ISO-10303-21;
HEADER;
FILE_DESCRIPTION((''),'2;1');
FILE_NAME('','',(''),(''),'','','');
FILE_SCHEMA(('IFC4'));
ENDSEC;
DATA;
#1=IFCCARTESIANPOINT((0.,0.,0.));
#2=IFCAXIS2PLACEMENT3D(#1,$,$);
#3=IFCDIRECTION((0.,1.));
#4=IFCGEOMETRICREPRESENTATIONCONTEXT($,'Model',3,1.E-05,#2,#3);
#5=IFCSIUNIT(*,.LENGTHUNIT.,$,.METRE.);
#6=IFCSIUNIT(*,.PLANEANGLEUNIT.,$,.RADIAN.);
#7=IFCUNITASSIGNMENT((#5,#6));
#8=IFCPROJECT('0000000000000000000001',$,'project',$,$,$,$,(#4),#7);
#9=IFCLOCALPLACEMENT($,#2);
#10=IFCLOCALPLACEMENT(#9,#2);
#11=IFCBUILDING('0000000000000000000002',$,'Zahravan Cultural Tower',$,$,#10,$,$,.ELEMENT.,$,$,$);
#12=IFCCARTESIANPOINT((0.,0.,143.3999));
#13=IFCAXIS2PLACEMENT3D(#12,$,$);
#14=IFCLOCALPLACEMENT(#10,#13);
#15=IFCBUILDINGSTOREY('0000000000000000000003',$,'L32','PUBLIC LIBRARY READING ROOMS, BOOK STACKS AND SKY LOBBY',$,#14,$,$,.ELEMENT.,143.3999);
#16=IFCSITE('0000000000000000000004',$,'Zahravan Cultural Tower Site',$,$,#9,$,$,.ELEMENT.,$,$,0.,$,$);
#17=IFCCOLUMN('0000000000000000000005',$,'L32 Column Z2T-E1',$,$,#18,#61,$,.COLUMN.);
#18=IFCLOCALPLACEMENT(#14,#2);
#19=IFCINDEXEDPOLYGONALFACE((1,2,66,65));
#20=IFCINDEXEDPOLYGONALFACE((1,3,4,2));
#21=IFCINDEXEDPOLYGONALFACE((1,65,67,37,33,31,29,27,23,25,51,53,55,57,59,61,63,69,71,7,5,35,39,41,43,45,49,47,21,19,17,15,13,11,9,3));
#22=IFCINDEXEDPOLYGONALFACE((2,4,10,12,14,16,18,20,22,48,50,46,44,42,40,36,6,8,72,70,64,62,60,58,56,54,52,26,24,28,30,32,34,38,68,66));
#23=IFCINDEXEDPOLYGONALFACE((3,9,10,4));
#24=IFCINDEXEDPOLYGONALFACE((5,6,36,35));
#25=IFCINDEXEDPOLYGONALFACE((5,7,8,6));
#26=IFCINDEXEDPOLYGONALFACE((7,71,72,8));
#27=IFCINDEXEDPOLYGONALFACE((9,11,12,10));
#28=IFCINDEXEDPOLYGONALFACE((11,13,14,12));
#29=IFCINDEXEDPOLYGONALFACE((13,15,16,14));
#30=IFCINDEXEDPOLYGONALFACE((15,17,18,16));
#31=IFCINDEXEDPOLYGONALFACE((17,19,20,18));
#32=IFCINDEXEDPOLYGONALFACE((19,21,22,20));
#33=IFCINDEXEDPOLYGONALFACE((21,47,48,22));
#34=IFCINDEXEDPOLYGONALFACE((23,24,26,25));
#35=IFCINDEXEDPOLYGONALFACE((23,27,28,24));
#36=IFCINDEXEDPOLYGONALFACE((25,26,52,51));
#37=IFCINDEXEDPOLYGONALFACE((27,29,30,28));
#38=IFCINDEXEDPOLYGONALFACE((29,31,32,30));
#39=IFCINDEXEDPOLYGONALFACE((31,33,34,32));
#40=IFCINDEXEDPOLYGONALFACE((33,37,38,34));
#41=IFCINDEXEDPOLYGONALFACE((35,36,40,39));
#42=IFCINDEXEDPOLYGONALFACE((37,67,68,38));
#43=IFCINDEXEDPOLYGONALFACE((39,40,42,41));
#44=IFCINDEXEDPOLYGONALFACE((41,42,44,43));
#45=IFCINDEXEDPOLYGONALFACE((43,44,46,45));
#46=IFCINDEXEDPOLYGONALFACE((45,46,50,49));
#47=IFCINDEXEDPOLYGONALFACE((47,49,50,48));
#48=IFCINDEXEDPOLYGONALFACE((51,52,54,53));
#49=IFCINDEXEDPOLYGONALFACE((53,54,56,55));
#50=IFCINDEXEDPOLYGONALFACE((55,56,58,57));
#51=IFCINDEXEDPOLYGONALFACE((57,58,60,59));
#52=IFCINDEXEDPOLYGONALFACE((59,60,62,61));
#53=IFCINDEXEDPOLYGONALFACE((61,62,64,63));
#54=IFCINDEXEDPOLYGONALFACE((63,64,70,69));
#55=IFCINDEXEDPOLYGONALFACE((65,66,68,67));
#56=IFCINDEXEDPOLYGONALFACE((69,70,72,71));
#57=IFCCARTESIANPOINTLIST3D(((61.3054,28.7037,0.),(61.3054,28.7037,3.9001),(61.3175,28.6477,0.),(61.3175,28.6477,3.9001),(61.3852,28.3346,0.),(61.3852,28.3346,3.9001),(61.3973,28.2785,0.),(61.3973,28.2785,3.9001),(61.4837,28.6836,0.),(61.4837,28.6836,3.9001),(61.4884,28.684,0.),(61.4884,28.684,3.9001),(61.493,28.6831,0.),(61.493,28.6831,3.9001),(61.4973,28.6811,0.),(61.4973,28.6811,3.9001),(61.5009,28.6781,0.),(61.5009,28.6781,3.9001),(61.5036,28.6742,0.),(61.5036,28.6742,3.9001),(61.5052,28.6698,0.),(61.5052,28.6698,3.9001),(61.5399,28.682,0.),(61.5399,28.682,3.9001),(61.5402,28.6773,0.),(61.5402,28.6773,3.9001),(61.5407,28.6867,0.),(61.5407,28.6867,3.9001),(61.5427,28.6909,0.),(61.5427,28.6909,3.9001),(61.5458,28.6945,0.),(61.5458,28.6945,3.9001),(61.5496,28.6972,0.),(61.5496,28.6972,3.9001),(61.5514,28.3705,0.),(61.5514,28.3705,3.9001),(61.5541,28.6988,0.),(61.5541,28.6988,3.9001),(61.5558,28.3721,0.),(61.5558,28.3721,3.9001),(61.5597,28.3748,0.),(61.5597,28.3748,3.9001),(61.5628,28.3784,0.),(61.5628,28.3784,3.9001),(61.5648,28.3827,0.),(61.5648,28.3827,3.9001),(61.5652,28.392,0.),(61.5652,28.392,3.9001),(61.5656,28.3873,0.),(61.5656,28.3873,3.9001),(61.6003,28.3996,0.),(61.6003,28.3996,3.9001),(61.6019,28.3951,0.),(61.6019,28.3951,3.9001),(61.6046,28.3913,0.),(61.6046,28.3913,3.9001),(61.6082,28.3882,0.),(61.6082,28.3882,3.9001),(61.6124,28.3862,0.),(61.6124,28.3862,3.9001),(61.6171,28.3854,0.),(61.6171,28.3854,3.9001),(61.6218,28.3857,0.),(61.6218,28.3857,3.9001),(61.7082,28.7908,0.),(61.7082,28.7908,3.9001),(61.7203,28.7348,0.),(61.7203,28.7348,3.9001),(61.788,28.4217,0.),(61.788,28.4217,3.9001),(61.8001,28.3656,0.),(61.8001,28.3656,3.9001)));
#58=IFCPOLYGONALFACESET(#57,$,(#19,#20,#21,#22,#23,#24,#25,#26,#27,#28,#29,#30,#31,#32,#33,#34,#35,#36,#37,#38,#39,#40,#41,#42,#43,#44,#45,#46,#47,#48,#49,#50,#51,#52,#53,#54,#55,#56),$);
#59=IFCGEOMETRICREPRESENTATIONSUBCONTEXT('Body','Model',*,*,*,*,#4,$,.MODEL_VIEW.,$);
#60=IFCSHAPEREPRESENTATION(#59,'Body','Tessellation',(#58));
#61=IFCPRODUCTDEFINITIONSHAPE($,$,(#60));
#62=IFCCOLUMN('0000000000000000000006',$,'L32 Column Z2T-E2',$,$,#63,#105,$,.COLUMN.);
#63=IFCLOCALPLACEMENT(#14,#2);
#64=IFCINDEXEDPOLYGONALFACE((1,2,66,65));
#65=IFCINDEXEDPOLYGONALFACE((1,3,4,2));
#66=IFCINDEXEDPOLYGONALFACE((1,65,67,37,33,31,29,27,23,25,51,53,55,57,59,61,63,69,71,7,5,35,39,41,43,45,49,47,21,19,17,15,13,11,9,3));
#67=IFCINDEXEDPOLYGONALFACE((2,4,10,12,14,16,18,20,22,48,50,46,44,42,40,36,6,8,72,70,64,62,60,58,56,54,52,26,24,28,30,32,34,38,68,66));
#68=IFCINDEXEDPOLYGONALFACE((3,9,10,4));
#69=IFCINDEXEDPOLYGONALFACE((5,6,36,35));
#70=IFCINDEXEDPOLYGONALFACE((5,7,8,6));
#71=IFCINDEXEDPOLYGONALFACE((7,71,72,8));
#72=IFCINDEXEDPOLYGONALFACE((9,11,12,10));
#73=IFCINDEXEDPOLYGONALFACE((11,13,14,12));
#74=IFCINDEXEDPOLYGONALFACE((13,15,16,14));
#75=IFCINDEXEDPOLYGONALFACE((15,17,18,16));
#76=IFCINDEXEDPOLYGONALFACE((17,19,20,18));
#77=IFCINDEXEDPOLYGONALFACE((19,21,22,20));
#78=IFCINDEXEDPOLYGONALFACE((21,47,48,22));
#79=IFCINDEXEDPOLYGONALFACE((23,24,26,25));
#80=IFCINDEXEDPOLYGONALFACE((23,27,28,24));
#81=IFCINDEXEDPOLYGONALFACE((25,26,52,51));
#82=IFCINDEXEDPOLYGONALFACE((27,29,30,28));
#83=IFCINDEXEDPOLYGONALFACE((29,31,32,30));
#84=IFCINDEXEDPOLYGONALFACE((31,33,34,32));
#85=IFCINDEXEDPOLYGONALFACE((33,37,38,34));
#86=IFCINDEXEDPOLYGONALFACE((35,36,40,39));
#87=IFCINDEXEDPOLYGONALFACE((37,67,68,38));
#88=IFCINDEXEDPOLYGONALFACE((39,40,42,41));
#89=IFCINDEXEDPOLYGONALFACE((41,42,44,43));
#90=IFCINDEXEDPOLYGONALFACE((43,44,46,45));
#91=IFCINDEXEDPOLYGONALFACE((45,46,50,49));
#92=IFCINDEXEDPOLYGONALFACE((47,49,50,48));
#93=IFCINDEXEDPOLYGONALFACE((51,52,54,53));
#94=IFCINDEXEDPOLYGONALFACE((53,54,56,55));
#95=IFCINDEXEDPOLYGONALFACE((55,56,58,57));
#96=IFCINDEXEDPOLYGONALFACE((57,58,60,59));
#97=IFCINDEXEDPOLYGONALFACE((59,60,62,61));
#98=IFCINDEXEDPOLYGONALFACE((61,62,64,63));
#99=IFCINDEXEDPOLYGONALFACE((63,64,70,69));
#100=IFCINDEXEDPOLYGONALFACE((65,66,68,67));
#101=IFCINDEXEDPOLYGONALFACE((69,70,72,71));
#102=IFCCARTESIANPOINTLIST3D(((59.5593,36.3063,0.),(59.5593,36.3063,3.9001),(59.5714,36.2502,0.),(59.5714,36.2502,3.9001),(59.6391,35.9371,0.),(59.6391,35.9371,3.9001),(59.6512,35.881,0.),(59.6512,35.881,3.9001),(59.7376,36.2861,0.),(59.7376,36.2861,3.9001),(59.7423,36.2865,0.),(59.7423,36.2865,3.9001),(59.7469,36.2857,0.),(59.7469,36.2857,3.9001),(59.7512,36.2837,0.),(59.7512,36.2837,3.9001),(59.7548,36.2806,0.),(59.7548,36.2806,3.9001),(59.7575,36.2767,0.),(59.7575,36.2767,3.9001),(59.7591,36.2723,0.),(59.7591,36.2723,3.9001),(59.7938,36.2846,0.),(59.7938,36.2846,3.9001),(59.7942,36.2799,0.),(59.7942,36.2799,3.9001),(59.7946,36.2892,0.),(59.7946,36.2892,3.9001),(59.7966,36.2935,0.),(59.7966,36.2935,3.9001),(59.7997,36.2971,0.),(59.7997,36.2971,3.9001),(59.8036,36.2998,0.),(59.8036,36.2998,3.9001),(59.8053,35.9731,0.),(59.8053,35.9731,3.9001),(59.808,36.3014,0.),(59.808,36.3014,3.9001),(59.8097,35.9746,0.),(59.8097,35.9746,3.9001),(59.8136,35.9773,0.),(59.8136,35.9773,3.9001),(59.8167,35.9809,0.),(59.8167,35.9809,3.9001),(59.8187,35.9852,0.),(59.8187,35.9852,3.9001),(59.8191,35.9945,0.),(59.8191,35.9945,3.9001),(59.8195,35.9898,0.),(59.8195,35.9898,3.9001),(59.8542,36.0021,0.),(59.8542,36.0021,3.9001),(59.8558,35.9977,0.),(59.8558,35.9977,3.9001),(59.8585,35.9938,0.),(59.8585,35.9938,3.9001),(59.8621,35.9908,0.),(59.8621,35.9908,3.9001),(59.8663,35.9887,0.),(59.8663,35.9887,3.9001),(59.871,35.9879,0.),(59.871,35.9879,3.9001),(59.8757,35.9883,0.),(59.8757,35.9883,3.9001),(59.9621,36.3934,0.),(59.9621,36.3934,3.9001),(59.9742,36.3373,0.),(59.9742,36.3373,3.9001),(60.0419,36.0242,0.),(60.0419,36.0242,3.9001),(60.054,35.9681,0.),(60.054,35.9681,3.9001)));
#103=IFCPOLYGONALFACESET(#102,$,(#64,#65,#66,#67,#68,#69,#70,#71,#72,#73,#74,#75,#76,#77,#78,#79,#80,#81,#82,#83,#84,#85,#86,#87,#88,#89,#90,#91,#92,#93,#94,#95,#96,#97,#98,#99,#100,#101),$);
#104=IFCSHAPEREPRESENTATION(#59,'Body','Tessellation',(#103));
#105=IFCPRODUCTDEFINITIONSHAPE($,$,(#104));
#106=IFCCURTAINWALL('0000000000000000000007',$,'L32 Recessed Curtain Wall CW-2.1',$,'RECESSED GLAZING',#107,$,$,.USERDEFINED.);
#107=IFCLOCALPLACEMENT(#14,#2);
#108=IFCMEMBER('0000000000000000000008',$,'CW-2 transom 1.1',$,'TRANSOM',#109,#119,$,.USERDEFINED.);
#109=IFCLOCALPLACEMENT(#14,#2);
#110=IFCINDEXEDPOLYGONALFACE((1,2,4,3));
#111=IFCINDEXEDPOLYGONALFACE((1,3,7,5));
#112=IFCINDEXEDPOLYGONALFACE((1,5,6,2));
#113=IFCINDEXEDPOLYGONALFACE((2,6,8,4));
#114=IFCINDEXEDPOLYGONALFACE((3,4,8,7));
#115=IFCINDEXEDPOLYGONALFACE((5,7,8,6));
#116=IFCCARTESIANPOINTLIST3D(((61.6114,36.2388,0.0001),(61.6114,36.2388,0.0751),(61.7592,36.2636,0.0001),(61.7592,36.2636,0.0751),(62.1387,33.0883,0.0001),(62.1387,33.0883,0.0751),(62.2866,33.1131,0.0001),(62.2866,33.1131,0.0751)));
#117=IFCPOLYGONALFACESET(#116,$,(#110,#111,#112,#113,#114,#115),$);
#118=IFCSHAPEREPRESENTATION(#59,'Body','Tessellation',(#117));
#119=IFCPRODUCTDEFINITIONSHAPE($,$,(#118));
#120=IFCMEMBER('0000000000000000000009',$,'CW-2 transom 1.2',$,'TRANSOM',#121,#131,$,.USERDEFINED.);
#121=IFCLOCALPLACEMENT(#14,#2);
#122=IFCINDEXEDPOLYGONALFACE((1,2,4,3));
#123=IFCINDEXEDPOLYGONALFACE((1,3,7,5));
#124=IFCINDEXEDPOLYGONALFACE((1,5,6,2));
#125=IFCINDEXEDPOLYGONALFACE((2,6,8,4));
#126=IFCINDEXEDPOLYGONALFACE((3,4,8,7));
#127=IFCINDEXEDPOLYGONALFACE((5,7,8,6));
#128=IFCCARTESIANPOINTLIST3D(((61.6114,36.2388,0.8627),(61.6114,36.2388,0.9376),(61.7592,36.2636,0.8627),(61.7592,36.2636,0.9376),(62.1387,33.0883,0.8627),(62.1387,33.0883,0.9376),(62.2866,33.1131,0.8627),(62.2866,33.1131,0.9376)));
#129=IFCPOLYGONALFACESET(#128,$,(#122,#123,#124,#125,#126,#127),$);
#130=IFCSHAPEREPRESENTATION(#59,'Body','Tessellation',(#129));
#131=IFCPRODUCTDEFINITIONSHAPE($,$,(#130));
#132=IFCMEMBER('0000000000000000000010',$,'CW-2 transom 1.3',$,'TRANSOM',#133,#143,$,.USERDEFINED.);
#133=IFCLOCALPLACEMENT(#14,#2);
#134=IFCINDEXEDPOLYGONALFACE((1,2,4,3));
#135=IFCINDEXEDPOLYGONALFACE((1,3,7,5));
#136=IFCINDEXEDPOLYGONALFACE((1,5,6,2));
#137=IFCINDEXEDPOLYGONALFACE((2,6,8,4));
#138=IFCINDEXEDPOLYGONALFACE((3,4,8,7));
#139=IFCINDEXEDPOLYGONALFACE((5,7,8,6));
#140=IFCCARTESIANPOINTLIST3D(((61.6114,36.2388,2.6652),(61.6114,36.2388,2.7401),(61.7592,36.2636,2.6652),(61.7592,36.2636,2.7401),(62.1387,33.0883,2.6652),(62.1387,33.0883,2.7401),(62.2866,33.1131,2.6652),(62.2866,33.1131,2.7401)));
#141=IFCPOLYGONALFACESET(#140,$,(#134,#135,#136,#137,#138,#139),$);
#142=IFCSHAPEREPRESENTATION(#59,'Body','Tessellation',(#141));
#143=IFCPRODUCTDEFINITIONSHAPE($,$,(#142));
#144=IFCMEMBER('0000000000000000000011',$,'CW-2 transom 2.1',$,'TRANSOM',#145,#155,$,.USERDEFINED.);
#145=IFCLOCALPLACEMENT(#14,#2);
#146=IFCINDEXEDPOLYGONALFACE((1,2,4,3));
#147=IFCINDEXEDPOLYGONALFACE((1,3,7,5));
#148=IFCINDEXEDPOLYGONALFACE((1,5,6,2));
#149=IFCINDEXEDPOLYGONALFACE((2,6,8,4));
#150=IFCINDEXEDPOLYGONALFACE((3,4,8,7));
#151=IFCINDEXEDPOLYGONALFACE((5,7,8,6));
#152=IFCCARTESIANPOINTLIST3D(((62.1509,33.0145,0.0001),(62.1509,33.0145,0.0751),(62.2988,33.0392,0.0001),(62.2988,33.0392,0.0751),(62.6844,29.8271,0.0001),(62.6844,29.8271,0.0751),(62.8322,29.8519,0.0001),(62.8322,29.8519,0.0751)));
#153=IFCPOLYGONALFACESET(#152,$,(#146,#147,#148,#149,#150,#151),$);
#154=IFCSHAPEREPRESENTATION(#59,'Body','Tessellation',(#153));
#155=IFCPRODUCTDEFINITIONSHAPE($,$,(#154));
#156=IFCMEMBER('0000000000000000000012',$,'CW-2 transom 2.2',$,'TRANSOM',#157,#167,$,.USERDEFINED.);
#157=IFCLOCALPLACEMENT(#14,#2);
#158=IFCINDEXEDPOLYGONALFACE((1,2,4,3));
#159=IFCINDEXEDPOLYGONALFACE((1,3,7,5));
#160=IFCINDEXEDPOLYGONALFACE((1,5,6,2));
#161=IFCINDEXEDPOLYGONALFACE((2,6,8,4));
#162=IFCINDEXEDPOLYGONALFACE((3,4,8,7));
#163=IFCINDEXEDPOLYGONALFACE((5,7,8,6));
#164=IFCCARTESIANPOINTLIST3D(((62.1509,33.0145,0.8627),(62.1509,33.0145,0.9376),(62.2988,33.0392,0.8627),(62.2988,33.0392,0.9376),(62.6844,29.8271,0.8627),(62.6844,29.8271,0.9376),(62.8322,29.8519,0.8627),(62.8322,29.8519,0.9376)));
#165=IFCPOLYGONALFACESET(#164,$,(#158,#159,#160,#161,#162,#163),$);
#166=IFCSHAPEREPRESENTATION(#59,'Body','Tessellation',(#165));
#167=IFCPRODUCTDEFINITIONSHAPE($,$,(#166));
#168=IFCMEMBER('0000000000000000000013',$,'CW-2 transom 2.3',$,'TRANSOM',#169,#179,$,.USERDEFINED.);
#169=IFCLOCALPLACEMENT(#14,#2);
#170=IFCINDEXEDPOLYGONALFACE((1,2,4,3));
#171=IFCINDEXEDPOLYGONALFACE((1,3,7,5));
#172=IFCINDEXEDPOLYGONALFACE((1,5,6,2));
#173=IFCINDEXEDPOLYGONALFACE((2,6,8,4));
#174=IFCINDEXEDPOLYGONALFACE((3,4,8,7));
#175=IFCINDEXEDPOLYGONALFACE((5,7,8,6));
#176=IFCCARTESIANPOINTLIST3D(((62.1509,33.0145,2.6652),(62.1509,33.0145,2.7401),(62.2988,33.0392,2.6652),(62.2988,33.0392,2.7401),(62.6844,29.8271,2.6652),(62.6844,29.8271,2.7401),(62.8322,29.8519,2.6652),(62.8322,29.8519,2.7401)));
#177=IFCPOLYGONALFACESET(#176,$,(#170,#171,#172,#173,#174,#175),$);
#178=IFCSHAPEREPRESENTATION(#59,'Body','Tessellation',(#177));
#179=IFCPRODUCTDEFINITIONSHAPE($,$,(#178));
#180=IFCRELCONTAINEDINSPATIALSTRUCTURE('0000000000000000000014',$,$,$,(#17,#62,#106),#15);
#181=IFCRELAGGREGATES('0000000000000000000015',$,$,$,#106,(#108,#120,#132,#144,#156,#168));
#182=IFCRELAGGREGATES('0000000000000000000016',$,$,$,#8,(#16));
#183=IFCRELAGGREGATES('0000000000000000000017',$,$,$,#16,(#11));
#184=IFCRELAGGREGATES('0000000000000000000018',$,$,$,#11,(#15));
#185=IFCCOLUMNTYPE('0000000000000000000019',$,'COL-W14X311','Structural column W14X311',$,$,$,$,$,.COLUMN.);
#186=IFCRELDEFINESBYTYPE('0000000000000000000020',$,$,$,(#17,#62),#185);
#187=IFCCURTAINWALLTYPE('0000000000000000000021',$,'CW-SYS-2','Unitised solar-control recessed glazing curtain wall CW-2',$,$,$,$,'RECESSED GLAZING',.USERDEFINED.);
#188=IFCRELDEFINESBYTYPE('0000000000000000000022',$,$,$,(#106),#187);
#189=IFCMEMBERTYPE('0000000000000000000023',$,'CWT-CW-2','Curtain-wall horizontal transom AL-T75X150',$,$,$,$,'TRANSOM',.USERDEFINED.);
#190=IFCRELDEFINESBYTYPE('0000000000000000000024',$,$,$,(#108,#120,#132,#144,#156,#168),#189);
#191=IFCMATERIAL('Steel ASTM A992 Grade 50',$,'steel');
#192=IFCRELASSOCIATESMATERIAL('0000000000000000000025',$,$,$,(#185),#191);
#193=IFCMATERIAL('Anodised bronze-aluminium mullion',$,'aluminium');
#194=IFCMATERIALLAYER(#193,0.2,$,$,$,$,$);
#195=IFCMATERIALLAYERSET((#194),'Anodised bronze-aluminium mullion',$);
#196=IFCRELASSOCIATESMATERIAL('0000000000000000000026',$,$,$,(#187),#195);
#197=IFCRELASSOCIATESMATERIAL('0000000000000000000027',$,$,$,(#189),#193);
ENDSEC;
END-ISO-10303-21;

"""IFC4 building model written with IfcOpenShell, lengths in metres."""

from ifc_helpers import new_model, si_unit, direction, frame, origin, origin_2d, place, context, subcontext, project, spatial, rectangle, i_section, extrude, source, transform, mapped, material, layer, layer_set, material_profile, profile_set, type_object, element, aggregate, save


model = new_model("IFC4")

# Units and contexts
model_context = context("Model", 3, precision=1e-05, world=origin(), true_north=direction((0.0, 1.0)))
body_context = subcontext(model_context, "Body", "Model", "MODEL_VIEW")
ifc_project = project(units=[si_unit("LENGTHUNIT", "METRE"), si_unit("PLANEANGLEUNIT", "RADIAN")], contexts=[model_context])

# Site, building, storey
site_placement = place(None, origin())
site = spatial("IfcSite", under=ifc_project, at=site_placement, Name="Zahravan Cultural Tower Site", CompositionType="ELEMENT", RefElevation=0.0)
building_placement = place(site_placement, origin())
building = spatial("IfcBuilding", under=site, at=building_placement, Name="Zahravan Cultural Tower", CompositionType="ELEMENT")
storey_placement = place(building_placement, frame((0.0, 0.0, 143.3999)))
storey = spatial("IfcBuildingStorey", under=building, at=storey_placement, Name="L32", Description="PUBLIC LIBRARY READING ROOMS, BOOK STACKS AND SKY LOBBY", CompositionType="ELEMENT", Elevation=143.3999)

# Columns
ifc_material_1 = material(Name="Steel ASTM A992 Grade 50", Category="steel")
ifc_material_profile_1 = material_profile(ifc_material_1, i_section(OverallWidth=0.4121, OverallDepth=0.4351, WebThickness=0.0359, FlangeThickness=0.0574, FilletRadius=0.0181, at=origin_2d()), Name="W14X311")
ifc_profile_set_1 = profile_set([ifc_material_profile_1], Name="Steel ASTM A992 Grade 50")
column_type = type_object("IfcColumnType", Name="COL-W14X311", Description="Structural column W14X311", PredefinedType="COLUMN", material=ifc_profile_set_1)
shared_shape_1 = source(origin(), body_context, "Body", "SweptSolid", [
    extrude(i_section(OverallWidth=0.4121, OverallDepth=0.4351, WebThickness=0.0359, FlangeThickness=0.0574, FilletRadius=0.0181, at=origin_2d()), origin(), (0.0, 0.0, 1.0), 3.9001),
])
for number, where, z_axis, x_axis, name in (
    (1, (61.5527, 28.5347, 0.0), (0.0, 0.0, 1.0), (0.977416, 0.211325, 0.0), "L32 Column Z2T-E1"),
    (2, (59.8066, 36.1372, 0.0), (0.0, 0.0, 1.0), (0.977416, 0.211325, 0.0), "L32 Column Z2T-E2"),
):
    element("IfcColumn", number, at=place(storey_placement, frame(where, z_axis=z_axis, x_axis=x_axis)), inside=storey, type_object=column_type, Name=name, PredefinedType="COLUMN", context=body_context, shape_type="MappedRepresentation", body=[
        mapped(shared_shape_1, transform((0.0, 0.0, 0.0), x_axis=(1.0, 0.0, 0.0), y_axis=(0.0, 1.0, 0.0), z_axis=(0.0, 0.0, 1.0), scale=1.0)),
    ])

# Curtain wall, members
ifc_material_2 = material(Name="Anodised bronze-aluminium mullion", Category="aluminium")
ifc_layer_1 = layer(ifc_material_2, 0.2)
ifc_layer_set_1 = layer_set([ifc_layer_1], Name="Anodised bronze-aluminium mullion")
curtain_wall_type = type_object("IfcCurtainWallType", Name="CW-SYS-2", Description="Unitised solar-control recessed glazing curtain wall CW-2", ElementType="RECESSED GLAZING", PredefinedType="USERDEFINED", material=ifc_layer_set_1)
curtain_wall_placement = place(storey_placement, origin())
curtain_wall = element("IfcCurtainWall", 3, at=curtain_wall_placement, inside=storey, type_object=curtain_wall_type, Name="L32 Recessed Curtain Wall CW-2.1", ObjectType="RECESSED GLAZING", PredefinedType="USERDEFINED")
ifc_material_profile_2 = material_profile(ifc_material_2, rectangle(XDim=0.1499, YDim=0.075, at=origin_2d()), Name="AL-T75X150")
ifc_profile_set_2 = profile_set([ifc_material_profile_2], Name="Anodised bronze-aluminium mullion")
member_type_1 = type_object("IfcMemberType", Name="CWT-CW-2", Description="Curtain-wall horizontal transom AL-T75X150", ElementType="TRANSOM", PredefinedType="USERDEFINED", material=ifc_profile_set_2)
shared_shape_2 = source(origin(), body_context, "Body", "SweptSolid", [
    extrude(rectangle(XDim=0.1499, YDim=0.075, at=origin_2d()), origin(), (0.0, 0.0, 1.0), 3.1943),
])
member_1_placement = place(storey_placement, frame((61.6853, 36.2512, 0.0376), z_axis=(0.165093, -0.986278, 0.0), x_axis=(0.986278, 0.165093, 0.0)))
member_1 = element("IfcMember", 4, at=member_1_placement, type_object=member_type_1, Name="CW-2 transom 1.1", ObjectType="TRANSOM", PredefinedType="USERDEFINED", context=body_context, shape_type="MappedRepresentation", body=[
    mapped(shared_shape_2, transform((0.0, 0.0, 0.0), x_axis=(1.0, 0.0, 0.0), y_axis=(0.0, 1.0, 0.0), z_axis=(0.0, 0.0, 1.0), scale=1.0)),
])
member_2_placement = place(storey_placement, frame((61.6853, 36.2512, 0.9001), z_axis=(0.165093, -0.986278, 0.0), x_axis=(0.986278, 0.165093, 0.0)))
member_2 = element("IfcMember", 5, at=member_2_placement, type_object=member_type_1, Name="CW-2 transom 1.2", ObjectType="TRANSOM", PredefinedType="USERDEFINED", context=body_context, shape_type="MappedRepresentation", body=[
    mapped(shared_shape_2, transform((0.0, 0.0, 0.0), x_axis=(1.0, 0.0, 0.0), y_axis=(0.0, 1.0, 0.0), z_axis=(0.0, 0.0, 1.0), scale=1.0)),
])
member_3_placement = place(storey_placement, frame((61.6853, 36.2512, 2.7026), z_axis=(0.165093, -0.986278, 0.0), x_axis=(0.986278, 0.165093, 0.0)))
member_3 = element("IfcMember", 6, at=member_3_placement, type_object=member_type_1, Name="CW-2 transom 1.3", ObjectType="TRANSOM", PredefinedType="USERDEFINED", context=body_context, shape_type="MappedRepresentation", body=[
    mapped(shared_shape_2, transform((0.0, 0.0, 0.0), x_axis=(1.0, 0.0, 0.0), y_axis=(0.0, 1.0, 0.0), z_axis=(0.0, 0.0, 1.0), scale=1.0)),
])
shared_shape_3 = source(origin(), body_context, "Body", "SweptSolid", [
    extrude(rectangle(XDim=0.1499, YDim=0.075, at=origin_2d()), origin(), (0.0, 0.0, 1.0), 3.2317),
])
member_4_placement = place(storey_placement, frame((62.2249, 33.0269, 0.0376), z_axis=(0.165073, -0.986281, 0.0), x_axis=(0.986281, 0.165073, 0.0)))
member_4 = element("IfcMember", 7, at=member_4_placement, type_object=member_type_1, Name="CW-2 transom 2.1", ObjectType="TRANSOM", PredefinedType="USERDEFINED", context=body_context, shape_type="MappedRepresentation", body=[
    mapped(shared_shape_3, transform((0.0, 0.0, 0.0), x_axis=(1.0, 0.0, 0.0), y_axis=(0.0, 1.0, 0.0), z_axis=(0.0, 0.0, 1.0), scale=1.0)),
])
member_5_placement = place(storey_placement, frame((62.2249, 33.0269, 0.9001), z_axis=(0.165073, -0.986281, 0.0), x_axis=(0.986281, 0.165073, 0.0)))
member_5 = element("IfcMember", 8, at=member_5_placement, type_object=member_type_1, Name="CW-2 transom 2.2", ObjectType="TRANSOM", PredefinedType="USERDEFINED", context=body_context, shape_type="MappedRepresentation", body=[
    mapped(shared_shape_3, transform((0.0, 0.0, 0.0), x_axis=(1.0, 0.0, 0.0), y_axis=(0.0, 1.0, 0.0), z_axis=(0.0, 0.0, 1.0), scale=1.0)),
])
member_6_placement = place(storey_placement, frame((62.2249, 33.0269, 2.7026), z_axis=(0.165073, -0.986281, 0.0), x_axis=(0.986281, 0.165073, 0.0)))
member_6 = element("IfcMember", 9, at=member_6_placement, type_object=member_type_1, Name="CW-2 transom 2.3", ObjectType="TRANSOM", PredefinedType="USERDEFINED", context=body_context, shape_type="MappedRepresentation", body=[
    mapped(shared_shape_3, transform((0.0, 0.0, 0.0), x_axis=(1.0, 0.0, 0.0), y_axis=(0.0, 1.0, 0.0), z_axis=(0.0, 0.0, 1.0), scale=1.0)),
])
aggregate(curtain_wall, [member_1, member_2, member_3, member_4, member_5, member_6])

save(model, "model.ifc")
